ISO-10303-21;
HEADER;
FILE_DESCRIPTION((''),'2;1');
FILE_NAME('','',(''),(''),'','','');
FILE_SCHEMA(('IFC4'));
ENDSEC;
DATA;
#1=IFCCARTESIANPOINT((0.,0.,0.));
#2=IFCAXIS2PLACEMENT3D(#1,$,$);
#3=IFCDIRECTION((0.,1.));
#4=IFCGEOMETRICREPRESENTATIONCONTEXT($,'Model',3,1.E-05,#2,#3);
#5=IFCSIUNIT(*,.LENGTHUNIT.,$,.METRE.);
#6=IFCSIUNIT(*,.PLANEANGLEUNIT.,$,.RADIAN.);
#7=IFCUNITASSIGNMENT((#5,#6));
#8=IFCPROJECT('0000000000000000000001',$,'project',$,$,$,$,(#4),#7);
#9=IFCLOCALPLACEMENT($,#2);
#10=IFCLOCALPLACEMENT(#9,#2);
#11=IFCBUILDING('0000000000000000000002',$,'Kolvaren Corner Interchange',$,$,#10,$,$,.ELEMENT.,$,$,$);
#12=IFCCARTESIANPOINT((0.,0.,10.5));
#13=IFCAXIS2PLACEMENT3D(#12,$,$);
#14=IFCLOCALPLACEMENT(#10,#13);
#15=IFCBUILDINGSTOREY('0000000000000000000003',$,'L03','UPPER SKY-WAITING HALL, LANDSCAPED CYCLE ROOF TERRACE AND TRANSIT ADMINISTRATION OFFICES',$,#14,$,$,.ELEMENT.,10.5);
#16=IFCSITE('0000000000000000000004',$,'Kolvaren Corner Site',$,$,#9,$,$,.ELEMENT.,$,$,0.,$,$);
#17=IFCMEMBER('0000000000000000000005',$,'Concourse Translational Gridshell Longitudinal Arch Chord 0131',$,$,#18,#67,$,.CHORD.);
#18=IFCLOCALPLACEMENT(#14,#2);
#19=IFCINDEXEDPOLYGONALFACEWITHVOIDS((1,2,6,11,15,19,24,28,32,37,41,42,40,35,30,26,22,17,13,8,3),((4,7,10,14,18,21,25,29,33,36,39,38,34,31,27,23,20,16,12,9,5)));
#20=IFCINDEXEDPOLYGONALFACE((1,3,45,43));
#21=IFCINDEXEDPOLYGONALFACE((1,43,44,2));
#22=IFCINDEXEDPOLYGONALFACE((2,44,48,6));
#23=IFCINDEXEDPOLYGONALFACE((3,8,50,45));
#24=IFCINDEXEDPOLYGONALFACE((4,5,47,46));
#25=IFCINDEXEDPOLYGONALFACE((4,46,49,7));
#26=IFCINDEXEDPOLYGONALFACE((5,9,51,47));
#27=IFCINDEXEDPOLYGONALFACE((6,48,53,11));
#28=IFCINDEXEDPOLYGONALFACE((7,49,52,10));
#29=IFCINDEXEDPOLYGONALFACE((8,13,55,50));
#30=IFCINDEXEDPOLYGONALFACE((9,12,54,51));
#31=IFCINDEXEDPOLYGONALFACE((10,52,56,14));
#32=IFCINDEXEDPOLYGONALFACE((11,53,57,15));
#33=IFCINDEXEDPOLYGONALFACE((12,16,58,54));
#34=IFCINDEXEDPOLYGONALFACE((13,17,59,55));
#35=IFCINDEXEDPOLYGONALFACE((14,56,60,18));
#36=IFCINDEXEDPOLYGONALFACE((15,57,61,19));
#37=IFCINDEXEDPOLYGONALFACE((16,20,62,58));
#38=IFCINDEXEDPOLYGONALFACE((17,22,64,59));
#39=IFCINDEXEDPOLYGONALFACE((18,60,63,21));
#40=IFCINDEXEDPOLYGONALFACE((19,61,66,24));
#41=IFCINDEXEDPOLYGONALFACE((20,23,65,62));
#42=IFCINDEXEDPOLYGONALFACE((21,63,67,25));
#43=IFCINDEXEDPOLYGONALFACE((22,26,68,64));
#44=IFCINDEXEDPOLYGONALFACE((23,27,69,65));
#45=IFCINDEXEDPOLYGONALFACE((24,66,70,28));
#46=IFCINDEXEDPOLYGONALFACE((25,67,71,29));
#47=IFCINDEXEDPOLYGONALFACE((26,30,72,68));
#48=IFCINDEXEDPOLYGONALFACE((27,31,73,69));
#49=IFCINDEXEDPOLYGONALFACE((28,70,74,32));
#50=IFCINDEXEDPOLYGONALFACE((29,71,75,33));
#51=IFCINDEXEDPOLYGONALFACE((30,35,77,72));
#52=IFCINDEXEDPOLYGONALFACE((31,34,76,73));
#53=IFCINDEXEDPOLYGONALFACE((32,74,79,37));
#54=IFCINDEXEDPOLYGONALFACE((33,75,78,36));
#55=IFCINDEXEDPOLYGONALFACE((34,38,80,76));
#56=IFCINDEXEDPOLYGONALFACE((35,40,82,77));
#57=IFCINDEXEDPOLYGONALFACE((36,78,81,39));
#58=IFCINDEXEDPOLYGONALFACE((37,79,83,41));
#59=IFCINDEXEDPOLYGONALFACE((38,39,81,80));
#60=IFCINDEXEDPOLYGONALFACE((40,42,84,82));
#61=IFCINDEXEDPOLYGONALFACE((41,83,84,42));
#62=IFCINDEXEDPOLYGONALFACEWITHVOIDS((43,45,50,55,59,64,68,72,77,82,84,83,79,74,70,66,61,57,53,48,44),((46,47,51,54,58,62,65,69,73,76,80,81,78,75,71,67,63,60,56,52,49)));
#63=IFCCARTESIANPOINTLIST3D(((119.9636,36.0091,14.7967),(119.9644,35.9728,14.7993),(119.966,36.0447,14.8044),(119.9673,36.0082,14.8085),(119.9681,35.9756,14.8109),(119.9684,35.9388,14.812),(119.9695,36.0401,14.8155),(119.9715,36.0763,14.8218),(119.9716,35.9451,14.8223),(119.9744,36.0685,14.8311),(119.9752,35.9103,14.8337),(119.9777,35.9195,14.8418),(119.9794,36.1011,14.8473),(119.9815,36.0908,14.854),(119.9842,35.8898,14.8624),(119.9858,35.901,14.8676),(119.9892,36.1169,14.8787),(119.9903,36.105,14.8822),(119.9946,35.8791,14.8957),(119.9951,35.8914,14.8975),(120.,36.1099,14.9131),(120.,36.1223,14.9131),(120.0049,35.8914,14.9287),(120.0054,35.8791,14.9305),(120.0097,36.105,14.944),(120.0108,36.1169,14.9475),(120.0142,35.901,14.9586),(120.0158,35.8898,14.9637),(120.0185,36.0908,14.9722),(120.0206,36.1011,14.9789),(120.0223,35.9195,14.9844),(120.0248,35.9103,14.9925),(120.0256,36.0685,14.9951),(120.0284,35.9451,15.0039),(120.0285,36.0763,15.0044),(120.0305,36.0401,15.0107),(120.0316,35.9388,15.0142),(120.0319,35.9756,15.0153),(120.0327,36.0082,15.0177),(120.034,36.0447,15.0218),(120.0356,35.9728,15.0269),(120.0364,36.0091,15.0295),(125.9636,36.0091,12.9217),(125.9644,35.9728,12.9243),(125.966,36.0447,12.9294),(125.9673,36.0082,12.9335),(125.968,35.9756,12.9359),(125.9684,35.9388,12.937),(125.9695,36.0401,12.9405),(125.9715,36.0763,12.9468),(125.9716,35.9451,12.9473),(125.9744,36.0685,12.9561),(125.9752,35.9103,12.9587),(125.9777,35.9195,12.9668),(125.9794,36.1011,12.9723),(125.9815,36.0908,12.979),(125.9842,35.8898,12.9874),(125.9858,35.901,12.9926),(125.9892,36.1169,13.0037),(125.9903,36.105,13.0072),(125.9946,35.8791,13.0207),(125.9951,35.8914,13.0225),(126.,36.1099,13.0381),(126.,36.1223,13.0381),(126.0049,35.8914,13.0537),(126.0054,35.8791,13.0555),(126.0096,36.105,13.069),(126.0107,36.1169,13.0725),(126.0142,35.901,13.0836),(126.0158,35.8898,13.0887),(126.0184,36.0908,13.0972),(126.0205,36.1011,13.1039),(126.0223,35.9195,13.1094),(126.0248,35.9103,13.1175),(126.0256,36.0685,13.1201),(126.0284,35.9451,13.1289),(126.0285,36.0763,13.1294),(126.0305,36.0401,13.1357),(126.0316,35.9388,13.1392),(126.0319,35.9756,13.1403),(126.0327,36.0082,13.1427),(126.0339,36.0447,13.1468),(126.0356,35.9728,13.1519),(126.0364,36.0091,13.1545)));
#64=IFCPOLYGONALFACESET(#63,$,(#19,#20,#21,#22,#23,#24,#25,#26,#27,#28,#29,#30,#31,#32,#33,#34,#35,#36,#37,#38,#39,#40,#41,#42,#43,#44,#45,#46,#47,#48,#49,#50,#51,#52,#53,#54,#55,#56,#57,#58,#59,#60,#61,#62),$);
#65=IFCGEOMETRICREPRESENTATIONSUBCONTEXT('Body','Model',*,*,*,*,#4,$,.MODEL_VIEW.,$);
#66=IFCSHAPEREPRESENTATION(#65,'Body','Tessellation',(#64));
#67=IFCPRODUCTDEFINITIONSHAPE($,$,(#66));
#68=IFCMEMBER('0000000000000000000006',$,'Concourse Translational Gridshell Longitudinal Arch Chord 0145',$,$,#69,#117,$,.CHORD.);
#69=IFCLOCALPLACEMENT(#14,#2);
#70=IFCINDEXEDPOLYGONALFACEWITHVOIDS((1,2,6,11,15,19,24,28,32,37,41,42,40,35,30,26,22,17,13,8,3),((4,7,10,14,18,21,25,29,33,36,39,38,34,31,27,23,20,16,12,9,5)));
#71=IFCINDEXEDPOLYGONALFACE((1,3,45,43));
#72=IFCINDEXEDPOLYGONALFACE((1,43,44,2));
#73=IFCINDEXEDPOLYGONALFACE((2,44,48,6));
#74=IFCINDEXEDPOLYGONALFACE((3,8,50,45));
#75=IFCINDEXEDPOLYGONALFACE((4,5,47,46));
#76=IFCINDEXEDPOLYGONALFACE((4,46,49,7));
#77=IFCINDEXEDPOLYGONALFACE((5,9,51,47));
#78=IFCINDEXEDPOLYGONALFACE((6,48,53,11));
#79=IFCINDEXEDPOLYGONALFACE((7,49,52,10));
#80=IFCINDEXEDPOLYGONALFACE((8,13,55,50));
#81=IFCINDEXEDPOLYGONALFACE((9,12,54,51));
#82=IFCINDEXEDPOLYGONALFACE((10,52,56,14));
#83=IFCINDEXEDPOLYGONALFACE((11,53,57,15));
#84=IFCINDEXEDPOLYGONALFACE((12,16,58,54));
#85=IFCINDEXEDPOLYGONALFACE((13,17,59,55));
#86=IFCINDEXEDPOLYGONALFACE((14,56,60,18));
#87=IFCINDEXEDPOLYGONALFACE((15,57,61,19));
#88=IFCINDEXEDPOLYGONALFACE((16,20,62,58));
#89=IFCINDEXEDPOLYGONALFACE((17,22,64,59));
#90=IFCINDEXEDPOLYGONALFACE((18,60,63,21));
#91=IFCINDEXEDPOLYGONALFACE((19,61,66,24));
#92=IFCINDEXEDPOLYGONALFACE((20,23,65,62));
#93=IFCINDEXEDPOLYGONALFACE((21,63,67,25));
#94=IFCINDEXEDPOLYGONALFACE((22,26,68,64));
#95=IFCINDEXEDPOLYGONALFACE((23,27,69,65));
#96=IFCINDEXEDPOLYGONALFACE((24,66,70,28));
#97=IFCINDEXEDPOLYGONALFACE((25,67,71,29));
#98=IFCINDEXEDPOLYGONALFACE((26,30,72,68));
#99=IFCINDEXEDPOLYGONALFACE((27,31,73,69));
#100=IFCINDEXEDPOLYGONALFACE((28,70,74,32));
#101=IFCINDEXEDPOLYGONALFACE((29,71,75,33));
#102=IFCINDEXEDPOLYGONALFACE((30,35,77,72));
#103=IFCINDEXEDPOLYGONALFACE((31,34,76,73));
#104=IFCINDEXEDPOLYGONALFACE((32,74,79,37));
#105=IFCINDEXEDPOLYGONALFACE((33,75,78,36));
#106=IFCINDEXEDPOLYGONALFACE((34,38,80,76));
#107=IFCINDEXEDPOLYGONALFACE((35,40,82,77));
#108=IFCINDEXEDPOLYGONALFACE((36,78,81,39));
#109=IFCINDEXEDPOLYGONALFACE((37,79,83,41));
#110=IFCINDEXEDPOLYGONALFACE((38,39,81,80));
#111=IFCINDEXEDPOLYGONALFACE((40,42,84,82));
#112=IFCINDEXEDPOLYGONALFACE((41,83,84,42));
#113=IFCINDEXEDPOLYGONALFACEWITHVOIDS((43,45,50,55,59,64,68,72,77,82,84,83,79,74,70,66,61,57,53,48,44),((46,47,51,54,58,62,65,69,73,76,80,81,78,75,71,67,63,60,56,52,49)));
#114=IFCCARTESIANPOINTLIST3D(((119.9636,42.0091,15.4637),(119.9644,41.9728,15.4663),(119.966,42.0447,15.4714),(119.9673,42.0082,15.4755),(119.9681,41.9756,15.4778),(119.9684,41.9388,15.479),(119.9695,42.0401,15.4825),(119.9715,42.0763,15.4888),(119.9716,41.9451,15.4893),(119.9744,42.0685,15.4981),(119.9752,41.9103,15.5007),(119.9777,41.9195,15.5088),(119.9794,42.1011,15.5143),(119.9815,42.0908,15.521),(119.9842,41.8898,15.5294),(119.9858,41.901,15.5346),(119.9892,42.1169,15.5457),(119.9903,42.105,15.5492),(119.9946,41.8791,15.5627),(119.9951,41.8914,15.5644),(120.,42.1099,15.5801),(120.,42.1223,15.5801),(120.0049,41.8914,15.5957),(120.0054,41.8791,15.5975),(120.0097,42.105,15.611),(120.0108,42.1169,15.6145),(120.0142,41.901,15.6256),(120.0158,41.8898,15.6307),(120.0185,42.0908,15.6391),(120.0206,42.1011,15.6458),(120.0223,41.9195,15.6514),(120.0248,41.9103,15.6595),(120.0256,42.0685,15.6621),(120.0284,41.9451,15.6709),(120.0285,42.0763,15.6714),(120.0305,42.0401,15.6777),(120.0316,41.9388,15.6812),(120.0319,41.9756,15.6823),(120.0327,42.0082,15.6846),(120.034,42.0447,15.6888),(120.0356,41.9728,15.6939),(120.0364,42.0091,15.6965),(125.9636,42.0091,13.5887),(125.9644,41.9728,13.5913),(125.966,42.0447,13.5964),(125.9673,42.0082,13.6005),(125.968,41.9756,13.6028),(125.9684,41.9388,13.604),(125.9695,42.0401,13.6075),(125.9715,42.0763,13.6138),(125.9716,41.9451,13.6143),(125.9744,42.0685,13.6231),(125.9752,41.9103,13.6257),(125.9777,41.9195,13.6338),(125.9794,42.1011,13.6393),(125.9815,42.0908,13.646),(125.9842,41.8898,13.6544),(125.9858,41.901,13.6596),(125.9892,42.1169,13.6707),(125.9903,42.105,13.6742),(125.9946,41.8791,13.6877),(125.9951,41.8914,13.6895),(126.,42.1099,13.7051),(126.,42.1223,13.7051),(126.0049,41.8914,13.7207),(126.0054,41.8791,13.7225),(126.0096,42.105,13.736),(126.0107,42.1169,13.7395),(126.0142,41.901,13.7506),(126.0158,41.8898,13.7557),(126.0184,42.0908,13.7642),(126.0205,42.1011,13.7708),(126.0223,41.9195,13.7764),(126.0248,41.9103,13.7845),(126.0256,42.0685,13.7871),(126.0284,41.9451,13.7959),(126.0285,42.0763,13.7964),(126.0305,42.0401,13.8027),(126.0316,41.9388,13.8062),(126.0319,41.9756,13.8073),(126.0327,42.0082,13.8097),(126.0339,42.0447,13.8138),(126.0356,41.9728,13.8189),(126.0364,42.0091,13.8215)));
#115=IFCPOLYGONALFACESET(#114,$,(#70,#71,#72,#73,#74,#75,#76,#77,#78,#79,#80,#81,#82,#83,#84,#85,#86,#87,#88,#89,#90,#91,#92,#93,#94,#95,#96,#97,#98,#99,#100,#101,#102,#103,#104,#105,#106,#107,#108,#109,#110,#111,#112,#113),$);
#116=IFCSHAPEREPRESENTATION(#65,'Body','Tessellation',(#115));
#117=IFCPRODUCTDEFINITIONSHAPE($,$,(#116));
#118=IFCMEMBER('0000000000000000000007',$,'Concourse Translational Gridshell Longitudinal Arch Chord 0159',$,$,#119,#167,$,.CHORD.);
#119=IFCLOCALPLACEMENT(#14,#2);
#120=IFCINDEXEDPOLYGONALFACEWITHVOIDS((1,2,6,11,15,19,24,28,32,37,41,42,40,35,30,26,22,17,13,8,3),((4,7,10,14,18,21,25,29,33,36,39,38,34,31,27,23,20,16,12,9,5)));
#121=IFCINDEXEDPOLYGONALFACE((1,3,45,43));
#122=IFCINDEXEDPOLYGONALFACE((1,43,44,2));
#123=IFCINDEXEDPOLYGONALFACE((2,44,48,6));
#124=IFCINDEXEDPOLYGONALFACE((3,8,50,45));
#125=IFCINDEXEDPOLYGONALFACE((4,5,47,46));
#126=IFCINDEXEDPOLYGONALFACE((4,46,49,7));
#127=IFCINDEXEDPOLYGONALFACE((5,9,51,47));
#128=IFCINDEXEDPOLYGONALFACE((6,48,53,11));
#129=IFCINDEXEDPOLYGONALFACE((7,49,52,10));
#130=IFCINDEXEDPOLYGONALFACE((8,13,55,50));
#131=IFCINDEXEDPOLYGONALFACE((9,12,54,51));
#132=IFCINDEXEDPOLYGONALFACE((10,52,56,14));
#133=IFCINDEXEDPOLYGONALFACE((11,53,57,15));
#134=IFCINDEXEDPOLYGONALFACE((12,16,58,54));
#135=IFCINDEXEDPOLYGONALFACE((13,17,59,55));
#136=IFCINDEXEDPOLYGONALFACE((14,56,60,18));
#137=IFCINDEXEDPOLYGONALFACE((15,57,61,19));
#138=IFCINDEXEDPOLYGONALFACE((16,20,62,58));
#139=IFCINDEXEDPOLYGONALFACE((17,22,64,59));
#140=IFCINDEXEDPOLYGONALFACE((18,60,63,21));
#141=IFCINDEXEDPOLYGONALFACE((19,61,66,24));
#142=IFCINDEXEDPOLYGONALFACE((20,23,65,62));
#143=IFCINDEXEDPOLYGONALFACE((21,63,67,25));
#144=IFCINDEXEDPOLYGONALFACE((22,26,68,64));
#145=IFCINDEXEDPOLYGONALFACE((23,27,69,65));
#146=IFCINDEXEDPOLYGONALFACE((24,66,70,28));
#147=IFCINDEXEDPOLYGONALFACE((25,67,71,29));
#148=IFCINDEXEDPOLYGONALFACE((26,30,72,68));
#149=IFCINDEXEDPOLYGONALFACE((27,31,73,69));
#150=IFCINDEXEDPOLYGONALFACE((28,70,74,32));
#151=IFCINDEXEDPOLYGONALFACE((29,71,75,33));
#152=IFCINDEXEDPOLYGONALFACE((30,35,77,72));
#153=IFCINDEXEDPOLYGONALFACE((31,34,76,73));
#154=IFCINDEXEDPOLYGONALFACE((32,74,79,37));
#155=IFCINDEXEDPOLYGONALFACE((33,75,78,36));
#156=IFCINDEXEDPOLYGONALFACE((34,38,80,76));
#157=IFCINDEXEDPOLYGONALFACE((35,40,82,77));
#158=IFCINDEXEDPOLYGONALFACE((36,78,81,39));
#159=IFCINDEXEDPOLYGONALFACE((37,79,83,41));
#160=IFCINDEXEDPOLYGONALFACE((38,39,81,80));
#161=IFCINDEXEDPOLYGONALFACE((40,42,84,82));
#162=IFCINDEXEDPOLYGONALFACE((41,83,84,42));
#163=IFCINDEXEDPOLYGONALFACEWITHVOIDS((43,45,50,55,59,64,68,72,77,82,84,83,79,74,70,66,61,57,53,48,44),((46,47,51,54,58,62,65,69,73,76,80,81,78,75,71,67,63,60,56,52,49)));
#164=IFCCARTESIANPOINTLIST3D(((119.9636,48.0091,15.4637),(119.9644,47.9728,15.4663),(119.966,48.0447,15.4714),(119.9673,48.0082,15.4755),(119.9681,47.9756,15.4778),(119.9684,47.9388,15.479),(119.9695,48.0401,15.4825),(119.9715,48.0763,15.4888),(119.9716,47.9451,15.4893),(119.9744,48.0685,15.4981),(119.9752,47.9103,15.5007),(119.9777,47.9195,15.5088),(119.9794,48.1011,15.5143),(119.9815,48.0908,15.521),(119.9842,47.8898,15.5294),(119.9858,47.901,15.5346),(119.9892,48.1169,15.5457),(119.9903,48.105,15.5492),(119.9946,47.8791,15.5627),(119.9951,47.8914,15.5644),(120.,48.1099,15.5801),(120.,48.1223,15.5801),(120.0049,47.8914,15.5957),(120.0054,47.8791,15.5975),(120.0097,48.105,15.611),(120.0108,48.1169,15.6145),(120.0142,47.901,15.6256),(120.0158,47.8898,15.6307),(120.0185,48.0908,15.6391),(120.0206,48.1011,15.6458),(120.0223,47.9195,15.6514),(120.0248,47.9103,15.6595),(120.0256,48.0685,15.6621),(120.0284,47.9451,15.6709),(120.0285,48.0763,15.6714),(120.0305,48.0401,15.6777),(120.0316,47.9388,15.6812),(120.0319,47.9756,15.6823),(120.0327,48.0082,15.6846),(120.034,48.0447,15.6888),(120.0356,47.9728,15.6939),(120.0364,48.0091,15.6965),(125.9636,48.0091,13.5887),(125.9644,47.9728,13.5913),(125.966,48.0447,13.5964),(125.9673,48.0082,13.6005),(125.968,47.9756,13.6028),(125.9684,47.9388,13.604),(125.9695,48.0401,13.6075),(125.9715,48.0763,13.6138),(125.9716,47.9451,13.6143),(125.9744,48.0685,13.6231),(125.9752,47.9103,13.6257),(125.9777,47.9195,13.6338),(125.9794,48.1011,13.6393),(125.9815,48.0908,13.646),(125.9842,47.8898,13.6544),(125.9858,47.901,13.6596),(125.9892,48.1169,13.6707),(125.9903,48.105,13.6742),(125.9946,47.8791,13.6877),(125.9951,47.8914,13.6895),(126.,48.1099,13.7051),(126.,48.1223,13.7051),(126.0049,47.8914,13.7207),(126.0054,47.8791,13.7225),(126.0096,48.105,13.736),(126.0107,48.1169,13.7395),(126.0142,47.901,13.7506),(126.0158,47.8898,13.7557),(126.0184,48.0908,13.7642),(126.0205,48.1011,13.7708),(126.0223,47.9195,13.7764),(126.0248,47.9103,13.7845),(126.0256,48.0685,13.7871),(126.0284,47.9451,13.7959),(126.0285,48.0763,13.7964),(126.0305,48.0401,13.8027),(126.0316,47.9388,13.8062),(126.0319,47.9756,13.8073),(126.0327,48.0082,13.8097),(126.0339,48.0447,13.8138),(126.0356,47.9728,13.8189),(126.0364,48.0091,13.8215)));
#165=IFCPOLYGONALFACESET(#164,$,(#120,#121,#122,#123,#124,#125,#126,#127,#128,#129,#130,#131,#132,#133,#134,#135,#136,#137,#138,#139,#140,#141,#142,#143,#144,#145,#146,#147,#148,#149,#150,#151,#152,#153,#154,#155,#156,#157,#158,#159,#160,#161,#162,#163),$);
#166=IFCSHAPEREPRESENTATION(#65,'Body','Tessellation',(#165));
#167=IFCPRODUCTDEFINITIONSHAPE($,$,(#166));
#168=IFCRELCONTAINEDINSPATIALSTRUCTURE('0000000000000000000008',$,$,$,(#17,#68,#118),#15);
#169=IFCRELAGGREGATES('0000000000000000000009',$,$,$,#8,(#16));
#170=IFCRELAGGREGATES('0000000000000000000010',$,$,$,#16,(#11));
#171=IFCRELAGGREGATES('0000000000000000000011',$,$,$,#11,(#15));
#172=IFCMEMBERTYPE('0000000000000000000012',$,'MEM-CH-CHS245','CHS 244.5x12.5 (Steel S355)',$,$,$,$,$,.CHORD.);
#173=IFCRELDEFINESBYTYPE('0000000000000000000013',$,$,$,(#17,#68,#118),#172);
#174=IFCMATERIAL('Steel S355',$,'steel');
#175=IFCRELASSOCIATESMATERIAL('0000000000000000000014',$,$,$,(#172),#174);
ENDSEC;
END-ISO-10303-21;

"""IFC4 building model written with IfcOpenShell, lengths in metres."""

from ifc_helpers import new_model, si_unit, direction, frame, origin, origin_2d, place, context, subcontext, project, spatial, hollow_circle, extrude, material, material_profile, profile_set, type_object, element, save


model = new_model("IFC4")

# Units and contexts
model_context = context("Model", 3, precision=1e-05, world=origin(), true_north=direction((0.0, 1.0)))
body_context = subcontext(model_context, "Body", "Model", "MODEL_VIEW")
ifc_project = project(units=[si_unit("LENGTHUNIT", "METRE"), si_unit("PLANEANGLEUNIT", "RADIAN")], contexts=[model_context])

# Site, building, storey
site_placement = place(None, origin())
site = spatial("IfcSite", under=ifc_project, at=site_placement, Name="Kolvaren Corner Site", CompositionType="ELEMENT", RefElevation=0.0)
building_placement = place(site_placement, origin())
building = spatial("IfcBuilding", under=site, at=building_placement, Name="Kolvaren Corner Interchange", CompositionType="ELEMENT")
storey_placement = place(building_placement, frame((0.0, 0.0, 10.5)))
storey = spatial("IfcBuildingStorey", under=building, at=storey_placement, Name="L03", Description="UPPER SKY-WAITING HALL, LANDSCAPED CYCLE ROOF TERRACE AND TRANSIT ADMINISTRATION OFFICES", CompositionType="ELEMENT", Elevation=10.5)

# Members
ifc_material_1 = material(Name="Steel S355", Category="steel")
ifc_material_profile_1 = material_profile(ifc_material_1, hollow_circle(Radius=0.1223, WallThickness=0.0125, at=origin_2d()), Name="CHS 244.5x12.5")
ifc_profile_set_1 = profile_set([ifc_material_profile_1], Name="Steel S355")
member_type_1 = type_object("IfcMemberType", Name="MEM-CH-CHS245", Description="CHS 244.5x12.5 (Steel S355)", PredefinedType="CHORD", material=ifc_profile_set_1)
for number, where, z_axis, x_axis, name in (
    (1, (120.0, 36.0, 14.9131), (0.95448, 0.0, -0.298275), (0.0, 1.0, 0.0), "Concourse Translational Gridshell Longitudinal Arch Chord 0131"),
    (2, (120.0, 42.0, 15.5801), (0.95448, 0.0, -0.298275), (0.0, 1.0, 0.0), "Concourse Translational Gridshell Longitudinal Arch Chord 0145"),
    (3, (120.0, 48.0, 15.5801), (0.95448, 0.0, -0.298275), (0.0, 1.0, 0.0), "Concourse Translational Gridshell Longitudinal Arch Chord 0159"),
):
    element("IfcMember", number, at=place(storey_placement, frame(where, z_axis=z_axis, x_axis=x_axis)), inside=storey, type_object=member_type_1, Name=name, PredefinedType="CHORD", context=body_context, shape_type="SweptSolid", body=[
        extrude(hollow_circle(Radius=0.1223, WallThickness=0.0125, at=origin_2d()), origin(), (0.0, 0.0, 1.0), 6.2861),
    ])

save(model, "model.ifc")
